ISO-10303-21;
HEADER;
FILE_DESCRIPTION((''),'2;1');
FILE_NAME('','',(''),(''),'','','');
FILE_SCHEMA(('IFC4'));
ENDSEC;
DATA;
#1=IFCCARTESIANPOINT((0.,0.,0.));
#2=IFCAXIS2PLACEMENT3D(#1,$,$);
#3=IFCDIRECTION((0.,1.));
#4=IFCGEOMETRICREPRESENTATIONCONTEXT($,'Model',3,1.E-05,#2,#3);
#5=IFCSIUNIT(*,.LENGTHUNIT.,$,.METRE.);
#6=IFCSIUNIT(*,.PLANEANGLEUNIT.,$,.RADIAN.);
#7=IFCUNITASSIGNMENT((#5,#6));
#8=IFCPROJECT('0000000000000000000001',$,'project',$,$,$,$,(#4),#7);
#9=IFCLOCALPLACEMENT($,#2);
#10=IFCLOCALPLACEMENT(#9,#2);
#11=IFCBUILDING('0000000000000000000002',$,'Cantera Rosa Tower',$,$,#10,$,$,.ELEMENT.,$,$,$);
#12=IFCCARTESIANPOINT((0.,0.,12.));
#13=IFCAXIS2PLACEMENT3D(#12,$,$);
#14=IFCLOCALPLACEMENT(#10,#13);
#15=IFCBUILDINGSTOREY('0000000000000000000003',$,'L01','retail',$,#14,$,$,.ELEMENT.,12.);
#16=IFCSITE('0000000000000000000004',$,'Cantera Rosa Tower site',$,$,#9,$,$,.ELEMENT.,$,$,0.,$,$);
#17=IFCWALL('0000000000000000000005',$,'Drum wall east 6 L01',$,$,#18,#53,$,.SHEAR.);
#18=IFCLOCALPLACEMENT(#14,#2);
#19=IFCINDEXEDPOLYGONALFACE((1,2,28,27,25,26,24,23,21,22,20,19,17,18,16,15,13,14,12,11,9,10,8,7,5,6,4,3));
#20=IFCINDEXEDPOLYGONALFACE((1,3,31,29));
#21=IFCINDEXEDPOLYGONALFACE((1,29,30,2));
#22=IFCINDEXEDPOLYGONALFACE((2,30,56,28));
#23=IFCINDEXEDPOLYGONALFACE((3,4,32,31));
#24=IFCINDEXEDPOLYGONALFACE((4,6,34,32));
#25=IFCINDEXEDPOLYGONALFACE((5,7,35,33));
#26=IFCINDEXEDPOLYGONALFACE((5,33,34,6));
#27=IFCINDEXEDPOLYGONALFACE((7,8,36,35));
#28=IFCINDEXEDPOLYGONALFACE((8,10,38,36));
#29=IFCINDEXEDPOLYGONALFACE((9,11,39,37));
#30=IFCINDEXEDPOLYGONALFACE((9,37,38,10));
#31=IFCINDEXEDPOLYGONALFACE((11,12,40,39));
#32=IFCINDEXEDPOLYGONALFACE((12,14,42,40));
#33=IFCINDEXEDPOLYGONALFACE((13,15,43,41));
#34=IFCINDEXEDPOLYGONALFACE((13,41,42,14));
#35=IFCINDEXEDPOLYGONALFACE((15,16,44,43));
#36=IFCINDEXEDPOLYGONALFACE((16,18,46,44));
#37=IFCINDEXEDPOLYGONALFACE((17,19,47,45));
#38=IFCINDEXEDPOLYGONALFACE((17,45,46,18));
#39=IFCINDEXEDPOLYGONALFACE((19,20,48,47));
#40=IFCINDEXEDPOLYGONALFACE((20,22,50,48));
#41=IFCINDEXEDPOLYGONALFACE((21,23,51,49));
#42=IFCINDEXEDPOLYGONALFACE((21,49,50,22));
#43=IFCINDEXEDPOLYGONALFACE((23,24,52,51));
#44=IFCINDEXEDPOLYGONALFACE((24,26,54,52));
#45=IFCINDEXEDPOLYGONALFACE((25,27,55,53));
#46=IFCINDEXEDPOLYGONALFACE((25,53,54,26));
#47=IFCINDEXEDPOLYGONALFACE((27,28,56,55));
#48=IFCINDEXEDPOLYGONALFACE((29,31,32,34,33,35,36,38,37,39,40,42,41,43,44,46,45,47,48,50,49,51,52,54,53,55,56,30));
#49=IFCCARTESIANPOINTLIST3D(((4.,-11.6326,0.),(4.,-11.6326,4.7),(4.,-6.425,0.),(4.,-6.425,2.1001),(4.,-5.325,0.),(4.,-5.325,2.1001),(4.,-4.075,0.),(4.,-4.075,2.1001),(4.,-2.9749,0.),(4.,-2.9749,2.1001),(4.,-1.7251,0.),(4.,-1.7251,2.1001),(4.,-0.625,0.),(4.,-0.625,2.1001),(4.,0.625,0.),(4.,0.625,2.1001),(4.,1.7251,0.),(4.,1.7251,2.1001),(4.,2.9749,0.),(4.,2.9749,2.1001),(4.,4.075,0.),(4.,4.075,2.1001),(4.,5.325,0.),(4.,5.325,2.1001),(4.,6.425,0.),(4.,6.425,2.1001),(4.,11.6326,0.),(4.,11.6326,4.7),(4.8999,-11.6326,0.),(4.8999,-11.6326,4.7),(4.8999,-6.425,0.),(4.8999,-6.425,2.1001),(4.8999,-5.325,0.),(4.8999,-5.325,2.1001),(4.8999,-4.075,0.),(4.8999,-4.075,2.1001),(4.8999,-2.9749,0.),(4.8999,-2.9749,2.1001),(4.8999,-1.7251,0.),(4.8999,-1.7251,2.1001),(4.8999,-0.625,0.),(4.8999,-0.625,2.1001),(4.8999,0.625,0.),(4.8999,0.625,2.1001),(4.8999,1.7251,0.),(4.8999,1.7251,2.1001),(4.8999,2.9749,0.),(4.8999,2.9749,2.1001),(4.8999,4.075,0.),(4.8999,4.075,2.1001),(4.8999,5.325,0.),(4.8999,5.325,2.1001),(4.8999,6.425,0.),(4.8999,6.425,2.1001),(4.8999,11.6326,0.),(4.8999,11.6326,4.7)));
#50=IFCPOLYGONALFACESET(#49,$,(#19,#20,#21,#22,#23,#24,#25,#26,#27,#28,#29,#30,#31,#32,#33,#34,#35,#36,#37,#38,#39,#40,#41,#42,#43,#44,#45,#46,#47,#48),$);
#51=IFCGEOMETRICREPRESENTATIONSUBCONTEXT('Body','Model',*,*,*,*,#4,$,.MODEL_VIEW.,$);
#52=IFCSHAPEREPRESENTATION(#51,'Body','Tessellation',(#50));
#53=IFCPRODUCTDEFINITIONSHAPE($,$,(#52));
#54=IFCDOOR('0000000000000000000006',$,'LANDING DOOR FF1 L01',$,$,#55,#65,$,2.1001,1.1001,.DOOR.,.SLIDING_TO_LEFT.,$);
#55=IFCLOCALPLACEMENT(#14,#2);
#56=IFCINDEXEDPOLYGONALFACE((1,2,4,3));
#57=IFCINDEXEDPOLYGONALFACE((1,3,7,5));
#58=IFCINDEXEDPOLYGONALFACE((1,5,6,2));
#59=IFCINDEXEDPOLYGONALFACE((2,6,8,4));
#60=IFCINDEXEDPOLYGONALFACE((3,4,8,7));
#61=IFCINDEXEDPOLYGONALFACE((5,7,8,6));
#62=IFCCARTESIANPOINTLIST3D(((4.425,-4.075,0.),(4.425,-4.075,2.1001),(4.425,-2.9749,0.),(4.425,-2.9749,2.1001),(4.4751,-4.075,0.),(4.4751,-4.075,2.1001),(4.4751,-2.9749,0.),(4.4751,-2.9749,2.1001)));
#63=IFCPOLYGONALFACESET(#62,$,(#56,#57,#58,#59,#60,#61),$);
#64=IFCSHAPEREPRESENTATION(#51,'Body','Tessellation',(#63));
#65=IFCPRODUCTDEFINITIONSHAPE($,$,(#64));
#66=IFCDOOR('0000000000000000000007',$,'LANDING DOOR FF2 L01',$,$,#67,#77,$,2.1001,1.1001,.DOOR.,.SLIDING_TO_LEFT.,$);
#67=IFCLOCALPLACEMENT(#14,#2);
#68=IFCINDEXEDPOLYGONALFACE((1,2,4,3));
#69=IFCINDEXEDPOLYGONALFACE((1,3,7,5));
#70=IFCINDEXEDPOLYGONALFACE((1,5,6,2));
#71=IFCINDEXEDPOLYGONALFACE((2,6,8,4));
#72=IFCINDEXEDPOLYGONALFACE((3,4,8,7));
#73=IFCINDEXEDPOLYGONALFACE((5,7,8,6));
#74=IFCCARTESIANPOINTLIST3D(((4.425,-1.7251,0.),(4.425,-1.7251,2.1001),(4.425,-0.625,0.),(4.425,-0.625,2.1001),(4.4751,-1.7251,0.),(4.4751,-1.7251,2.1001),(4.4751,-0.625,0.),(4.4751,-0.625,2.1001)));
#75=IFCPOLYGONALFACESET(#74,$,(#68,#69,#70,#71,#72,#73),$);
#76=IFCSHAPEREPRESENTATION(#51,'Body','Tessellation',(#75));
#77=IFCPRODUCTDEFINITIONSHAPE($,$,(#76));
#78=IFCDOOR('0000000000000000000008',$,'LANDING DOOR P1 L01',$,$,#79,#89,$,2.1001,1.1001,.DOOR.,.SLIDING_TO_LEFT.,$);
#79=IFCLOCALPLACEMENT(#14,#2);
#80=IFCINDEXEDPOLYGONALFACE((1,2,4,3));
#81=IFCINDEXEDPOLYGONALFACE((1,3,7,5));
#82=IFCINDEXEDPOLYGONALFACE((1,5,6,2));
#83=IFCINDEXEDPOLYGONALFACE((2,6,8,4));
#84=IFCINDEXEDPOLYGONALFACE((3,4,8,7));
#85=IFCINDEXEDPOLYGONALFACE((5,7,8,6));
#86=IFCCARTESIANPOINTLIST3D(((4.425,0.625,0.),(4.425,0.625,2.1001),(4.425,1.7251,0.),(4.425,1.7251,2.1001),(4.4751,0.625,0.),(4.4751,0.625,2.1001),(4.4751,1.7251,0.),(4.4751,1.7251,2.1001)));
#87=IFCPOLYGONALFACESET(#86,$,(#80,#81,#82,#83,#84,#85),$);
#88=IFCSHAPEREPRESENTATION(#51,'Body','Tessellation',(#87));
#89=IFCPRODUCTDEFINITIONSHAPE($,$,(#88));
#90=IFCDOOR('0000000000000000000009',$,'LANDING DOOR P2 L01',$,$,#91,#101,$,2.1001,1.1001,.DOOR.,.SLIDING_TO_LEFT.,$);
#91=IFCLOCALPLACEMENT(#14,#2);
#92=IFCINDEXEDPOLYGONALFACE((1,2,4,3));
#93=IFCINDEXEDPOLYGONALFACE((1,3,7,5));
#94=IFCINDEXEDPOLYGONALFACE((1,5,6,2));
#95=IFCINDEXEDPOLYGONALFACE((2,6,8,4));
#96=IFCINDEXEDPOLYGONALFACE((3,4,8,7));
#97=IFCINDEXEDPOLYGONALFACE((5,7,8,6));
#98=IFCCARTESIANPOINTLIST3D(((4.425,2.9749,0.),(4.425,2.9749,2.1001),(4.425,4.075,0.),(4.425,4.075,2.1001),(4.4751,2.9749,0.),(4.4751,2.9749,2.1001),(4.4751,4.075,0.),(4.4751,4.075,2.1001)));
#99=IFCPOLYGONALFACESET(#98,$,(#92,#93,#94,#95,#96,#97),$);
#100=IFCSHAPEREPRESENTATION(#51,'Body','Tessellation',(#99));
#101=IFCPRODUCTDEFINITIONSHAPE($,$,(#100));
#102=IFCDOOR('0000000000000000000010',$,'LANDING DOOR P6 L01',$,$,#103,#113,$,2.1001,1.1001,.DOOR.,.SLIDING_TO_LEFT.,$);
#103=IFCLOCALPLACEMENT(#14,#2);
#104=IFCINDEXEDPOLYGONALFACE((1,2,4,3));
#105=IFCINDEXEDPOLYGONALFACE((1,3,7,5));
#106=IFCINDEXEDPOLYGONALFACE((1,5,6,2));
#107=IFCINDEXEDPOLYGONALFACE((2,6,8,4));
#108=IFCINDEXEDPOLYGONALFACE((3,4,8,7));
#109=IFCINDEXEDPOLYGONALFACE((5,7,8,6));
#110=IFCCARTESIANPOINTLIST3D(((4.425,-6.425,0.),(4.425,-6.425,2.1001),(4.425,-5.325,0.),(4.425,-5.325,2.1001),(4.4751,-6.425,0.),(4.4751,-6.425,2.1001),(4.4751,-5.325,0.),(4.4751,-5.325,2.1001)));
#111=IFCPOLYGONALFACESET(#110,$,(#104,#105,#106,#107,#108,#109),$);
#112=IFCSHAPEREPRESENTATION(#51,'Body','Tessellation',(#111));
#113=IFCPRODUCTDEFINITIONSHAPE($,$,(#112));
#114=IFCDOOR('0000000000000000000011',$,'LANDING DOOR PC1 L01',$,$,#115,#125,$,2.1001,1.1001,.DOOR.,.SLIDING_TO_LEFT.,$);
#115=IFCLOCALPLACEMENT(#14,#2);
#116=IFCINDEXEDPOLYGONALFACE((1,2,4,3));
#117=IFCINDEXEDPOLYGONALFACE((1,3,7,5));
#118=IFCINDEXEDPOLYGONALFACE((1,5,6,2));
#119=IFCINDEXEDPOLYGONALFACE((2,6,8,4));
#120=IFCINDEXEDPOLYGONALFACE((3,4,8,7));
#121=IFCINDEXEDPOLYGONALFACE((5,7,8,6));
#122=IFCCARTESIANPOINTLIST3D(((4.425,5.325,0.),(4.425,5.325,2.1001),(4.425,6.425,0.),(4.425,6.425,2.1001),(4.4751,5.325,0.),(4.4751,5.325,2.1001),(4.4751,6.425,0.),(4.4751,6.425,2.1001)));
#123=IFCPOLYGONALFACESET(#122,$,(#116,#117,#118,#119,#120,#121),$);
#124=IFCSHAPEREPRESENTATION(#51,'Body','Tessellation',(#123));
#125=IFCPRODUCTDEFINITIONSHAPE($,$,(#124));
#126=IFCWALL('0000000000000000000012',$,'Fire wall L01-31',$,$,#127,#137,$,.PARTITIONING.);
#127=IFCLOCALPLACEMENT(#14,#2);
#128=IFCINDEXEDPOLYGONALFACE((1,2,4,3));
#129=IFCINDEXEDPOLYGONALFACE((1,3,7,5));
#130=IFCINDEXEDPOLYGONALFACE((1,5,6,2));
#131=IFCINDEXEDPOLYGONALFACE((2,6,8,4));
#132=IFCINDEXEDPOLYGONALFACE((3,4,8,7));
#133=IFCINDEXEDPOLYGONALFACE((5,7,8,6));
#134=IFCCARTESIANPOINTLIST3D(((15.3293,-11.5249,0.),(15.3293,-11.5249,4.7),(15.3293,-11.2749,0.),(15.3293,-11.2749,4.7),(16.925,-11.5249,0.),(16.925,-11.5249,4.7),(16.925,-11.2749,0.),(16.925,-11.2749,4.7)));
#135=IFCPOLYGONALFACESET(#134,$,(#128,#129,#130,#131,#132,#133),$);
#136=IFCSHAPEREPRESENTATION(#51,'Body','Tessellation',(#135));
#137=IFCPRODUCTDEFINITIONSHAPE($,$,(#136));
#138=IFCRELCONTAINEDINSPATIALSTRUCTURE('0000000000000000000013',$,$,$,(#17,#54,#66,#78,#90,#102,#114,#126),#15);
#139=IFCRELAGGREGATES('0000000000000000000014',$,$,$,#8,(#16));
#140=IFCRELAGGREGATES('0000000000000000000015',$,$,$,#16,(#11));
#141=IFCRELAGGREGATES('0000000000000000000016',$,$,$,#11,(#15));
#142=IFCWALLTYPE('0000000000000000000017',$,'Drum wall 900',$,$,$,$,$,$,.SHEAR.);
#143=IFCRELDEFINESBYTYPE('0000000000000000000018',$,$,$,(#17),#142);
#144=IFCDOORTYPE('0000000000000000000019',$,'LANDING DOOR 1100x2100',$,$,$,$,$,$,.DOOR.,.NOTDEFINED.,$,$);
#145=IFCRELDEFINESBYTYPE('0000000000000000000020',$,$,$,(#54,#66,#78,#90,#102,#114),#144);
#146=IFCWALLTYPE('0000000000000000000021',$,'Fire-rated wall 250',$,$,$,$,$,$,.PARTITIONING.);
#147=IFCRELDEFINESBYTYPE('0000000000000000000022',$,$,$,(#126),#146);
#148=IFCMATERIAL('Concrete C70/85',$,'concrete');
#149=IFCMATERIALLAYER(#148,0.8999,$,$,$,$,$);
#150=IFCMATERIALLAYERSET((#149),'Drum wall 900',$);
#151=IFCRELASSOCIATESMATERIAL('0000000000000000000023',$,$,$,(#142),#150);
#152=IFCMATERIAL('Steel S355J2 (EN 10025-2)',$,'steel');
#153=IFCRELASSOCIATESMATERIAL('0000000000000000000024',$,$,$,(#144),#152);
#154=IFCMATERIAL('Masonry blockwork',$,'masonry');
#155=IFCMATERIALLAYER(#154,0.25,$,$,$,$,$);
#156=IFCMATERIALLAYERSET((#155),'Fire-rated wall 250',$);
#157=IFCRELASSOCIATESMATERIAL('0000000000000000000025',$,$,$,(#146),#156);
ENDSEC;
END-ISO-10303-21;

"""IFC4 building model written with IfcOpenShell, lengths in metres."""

from ifc_helpers import new_model, si_unit, direction, frame, frame_2d, origin, place, context, subcontext, project, spatial, rectangle, extrude, material, layer, layer_set, type_object, element, fill, save


model = new_model("IFC4")

# Units and contexts
model_context = context("Model", 3, precision=1e-05, world=origin(), true_north=direction((0.0, 1.0)))
body_context = subcontext(model_context, "Body", "Model", "MODEL_VIEW")
ifc_project = project(units=[si_unit("LENGTHUNIT", "METRE"), si_unit("PLANEANGLEUNIT", "RADIAN")], contexts=[model_context])

# Site, building, storey
site_placement = place(None, origin())
site = spatial("IfcSite", under=ifc_project, at=site_placement, Name="Cantera Rosa Tower site", CompositionType="ELEMENT", RefElevation=0.0)
building_placement = place(site_placement, origin())
building = spatial("IfcBuilding", under=site, at=building_placement, Name="Cantera Rosa Tower", CompositionType="ELEMENT")
storey_placement = place(building_placement, frame((0.0, 0.0, 12.0)))
storey = spatial("IfcBuildingStorey", under=building, at=storey_placement, Name="L01", Description="retail", CompositionType="ELEMENT", Elevation=12.0)

# Wall, openings, doors
ifc_material_1 = material(Name="Concrete C70/85", Category="concrete")
ifc_layer_1 = layer(ifc_material_1, 0.8999)
ifc_layer_set_1 = layer_set([ifc_layer_1], Name="Drum wall 900")
wall_type_1 = type_object("IfcWallType", Name="Drum wall 900", PredefinedType="SHEAR", material=ifc_layer_set_1)
wall_1_placement = place(storey_placement, frame((4.45, -11.6326, 0.0), z_axis=(0.0, 0.0, 1.0), x_axis=(0.0, 1.0, 0.0)))
wall_1 = element("IfcWall", 1, at=wall_1_placement, inside=storey, type_object=wall_type_1, Name="Drum wall east 6 L01", PredefinedType="SHEAR", context=body_context, shape_type="SweptSolid", body=[
    extrude(rectangle(XDim=23.2651, YDim=0.8999, at=frame_2d((11.6326, 0.0))), origin(), (0.0, 0.0, 1.0), 4.7),
])
opening_1_placement = place(wall_1_placement, frame((7.5576, 0.0, 0.0)))
opening_1 = element("IfcOpeningElement", 2, at=opening_1_placement, cuts=wall_1, PredefinedType="OPENING", context=body_context, shape_type="SweptSolid", body=[
    extrude(rectangle(XDim=1.1001, YDim=2.1001, at=frame_2d((0.55, 1.05))), frame((0.0, 0.46, 0.0), z_axis=(0.0, -1.0, 0.0), x_axis=(1.0, 0.0, 0.0)), (0.0, 0.0, 1.0), 0.9199),
])
opening_2_placement = place(wall_1_placement, frame((9.9075, 0.0, 0.0)))
opening_2 = element("IfcOpeningElement", 3, at=opening_2_placement, cuts=wall_1, PredefinedType="OPENING", context=body_context, shape_type="SweptSolid", body=[
    extrude(rectangle(XDim=1.1001, YDim=2.1001, at=frame_2d((0.55, 1.05))), frame((0.0, 0.46, 0.0), z_axis=(0.0, -1.0, 0.0), x_axis=(1.0, 0.0, 0.0)), (0.0, 0.0, 1.0), 0.9199),
])
opening_3_placement = place(wall_1_placement, frame((12.2576, 0.0, 0.0)))
opening_3 = element("IfcOpeningElement", 4, at=opening_3_placement, cuts=wall_1, PredefinedType="OPENING", context=body_context, shape_type="SweptSolid", body=[
    extrude(rectangle(XDim=1.1001, YDim=2.1001, at=frame_2d((0.55, 1.05))), frame((0.0, 0.46, 0.0), z_axis=(0.0, -1.0, 0.0), x_axis=(1.0, 0.0, 0.0)), (0.0, 0.0, 1.0), 0.9199),
])
opening_4_placement = place(wall_1_placement, frame((14.6074, 0.0, 0.0)))
opening_4 = element("IfcOpeningElement", 5, at=opening_4_placement, cuts=wall_1, PredefinedType="OPENING", context=body_context, shape_type="SweptSolid", body=[
    extrude(rectangle(XDim=1.1001, YDim=2.1001, at=frame_2d((0.55, 1.05))), frame((0.0, 0.46, 0.0), z_axis=(0.0, -1.0, 0.0), x_axis=(1.0, 0.0, 0.0)), (0.0, 0.0, 1.0), 0.9199),
])
opening_5_placement = place(wall_1_placement, frame((5.2075, 0.0, 0.0)))
opening_5 = element("IfcOpeningElement", 6, at=opening_5_placement, cuts=wall_1, PredefinedType="OPENING", context=body_context, shape_type="SweptSolid", body=[
    extrude(rectangle(XDim=1.1001, YDim=2.1001, at=frame_2d((0.55, 1.05))), frame((0.0, 0.46, 0.0), z_axis=(0.0, -1.0, 0.0), x_axis=(1.0, 0.0, 0.0)), (0.0, 0.0, 1.0), 0.9199),
])
opening_6_placement = place(wall_1_placement, frame((16.9575, 0.0, 0.0)))
opening_6 = element("IfcOpeningElement", 7, at=opening_6_placement, cuts=wall_1, PredefinedType="OPENING", context=body_context, shape_type="SweptSolid", body=[
    extrude(rectangle(XDim=1.1001, YDim=2.1001, at=frame_2d((0.55, 1.05))), frame((0.0, 0.46, 0.0), z_axis=(0.0, -1.0, 0.0), x_axis=(1.0, 0.0, 0.0)), (0.0, 0.0, 1.0), 0.9199),
])
ifc_material_2 = material(Name="Steel S355J2 (EN 10025-2)", Category="steel")
door_type_1 = type_object("IfcDoorType", Name="LANDING DOOR 1100x2100", OperationType="NOTDEFINED", PredefinedType="DOOR", material=ifc_material_2)
door_1_placement = place(opening_1_placement, origin())
door_1 = element("IfcDoor", 8, at=door_1_placement, inside=storey, type_object=door_type_1, Name="LANDING DOOR FF1 L01", OperationType="SLIDING_TO_LEFT", OverallHeight=2.1001, OverallWidth=1.1001, PredefinedType="DOOR", context=body_context, shape_type="SweptSolid", body=[
    extrude(rectangle(XDim=1.1001, YDim=2.1001, at=frame_2d((0.55, 1.05))), frame((0.0, 0.0249, 0.0), z_axis=(0.0, -1.0, 0.0), x_axis=(1.0, 0.0, 0.0)), (0.0, 0.0, 1.0), 0.05),
])
fill(opening_1, door_1)
door_2_placement = place(opening_2_placement, origin())
door_2 = element("IfcDoor", 9, at=door_2_placement, inside=storey, type_object=door_type_1, Name="LANDING DOOR FF2 L01", OperationType="SLIDING_TO_LEFT", OverallHeight=2.1001, OverallWidth=1.1001, PredefinedType="DOOR", context=body_context, shape_type="SweptSolid", body=[
    extrude(rectangle(XDim=1.1001, YDim=2.1001, at=frame_2d((0.55, 1.05))), frame((0.0, 0.0249, 0.0), z_axis=(0.0, -1.0, 0.0), x_axis=(1.0, 0.0, 0.0)), (0.0, 0.0, 1.0), 0.05),
])
fill(opening_2, door_2)
door_3_placement = place(opening_3_placement, origin())
door_3 = element("IfcDoor", 10, at=door_3_placement, inside=storey, type_object=door_type_1, Name="LANDING DOOR P1 L01", OperationType="SLIDING_TO_LEFT", OverallHeight=2.1001, OverallWidth=1.1001, PredefinedType="DOOR", context=body_context, shape_type="SweptSolid", body=[
    extrude(rectangle(XDim=1.1001, YDim=2.1001, at=frame_2d((0.55, 1.05))), frame((0.0, 0.0249, 0.0), z_axis=(0.0, -1.0, 0.0), x_axis=(1.0, 0.0, 0.0)), (0.0, 0.0, 1.0), 0.05),
])
fill(opening_3, door_3)
door_4_placement = place(opening_4_placement, origin())
door_4 = element("IfcDoor", 11, at=door_4_placement, inside=storey, type_object=door_type_1, Name="LANDING DOOR P2 L01", OperationType="SLIDING_TO_LEFT", OverallHeight=2.1001, OverallWidth=1.1001, PredefinedType="DOOR", context=body_context, shape_type="SweptSolid", body=[
    extrude(rectangle(XDim=1.1001, YDim=2.1001, at=frame_2d((0.55, 1.05))), frame((0.0, 0.0249, 0.0), z_axis=(0.0, -1.0, 0.0), x_axis=(1.0, 0.0, 0.0)), (0.0, 0.0, 1.0), 0.05),
])
fill(opening_4, door_4)
door_5_placement = place(opening_5_placement, origin())
door_5 = element("IfcDoor", 12, at=door_5_placement, inside=storey, type_object=door_type_1, Name="LANDING DOOR P6 L01", OperationType="SLIDING_TO_LEFT", OverallHeight=2.1001, OverallWidth=1.1001, PredefinedType="DOOR", context=body_context, shape_type="SweptSolid", body=[
    extrude(rectangle(XDim=1.1001, YDim=2.1001, at=frame_2d((0.55, 1.05))), frame((0.0, 0.0249, 0.0), z_axis=(0.0, -1.0, 0.0), x_axis=(1.0, 0.0, 0.0)), (0.0, 0.0, 1.0), 0.05),
])
fill(opening_5, door_5)
door_6_placement = place(opening_6_placement, origin())
door_6 = element("IfcDoor", 13, at=door_6_placement, inside=storey, type_object=door_type_1, Name="LANDING DOOR PC1 L01", OperationType="SLIDING_TO_LEFT", OverallHeight=2.1001, OverallWidth=1.1001, PredefinedType="DOOR", context=body_context, shape_type="SweptSolid", body=[
    extrude(rectangle(XDim=1.1001, YDim=2.1001, at=frame_2d((0.55, 1.05))), frame((0.0, 0.0249, 0.0), z_axis=(0.0, -1.0, 0.0), x_axis=(1.0, 0.0, 0.0)), (0.0, 0.0, 1.0), 0.05),
])
fill(opening_6, door_6)

# Wall
ifc_material_3 = material(Name="Masonry blockwork", Category="masonry")
ifc_layer_2 = layer(ifc_material_3, 0.25)
ifc_layer_set_2 = layer_set([ifc_layer_2], Name="Fire-rated wall 250")
wall_type_2 = type_object("IfcWallType", Name="Fire-rated wall 250", PredefinedType="PARTITIONING", material=ifc_layer_set_2)
wall_2_placement = place(storey_placement, frame((15.3293, -11.3999, 0.0), z_axis=(0.0, 0.0, 1.0), x_axis=(1.0, 0.0, 0.0)))
element("IfcWall", 14, at=wall_2_placement, inside=storey, type_object=wall_type_2, Name="Fire wall L01-31", PredefinedType="PARTITIONING", context=body_context, shape_type="SweptSolid", body=[
    extrude(rectangle(XDim=1.5957, YDim=0.25, at=frame_2d((0.7979, 0.0))), origin(), (0.0, 0.0, 1.0), 4.7),
])

save(model, "model.ifc")
